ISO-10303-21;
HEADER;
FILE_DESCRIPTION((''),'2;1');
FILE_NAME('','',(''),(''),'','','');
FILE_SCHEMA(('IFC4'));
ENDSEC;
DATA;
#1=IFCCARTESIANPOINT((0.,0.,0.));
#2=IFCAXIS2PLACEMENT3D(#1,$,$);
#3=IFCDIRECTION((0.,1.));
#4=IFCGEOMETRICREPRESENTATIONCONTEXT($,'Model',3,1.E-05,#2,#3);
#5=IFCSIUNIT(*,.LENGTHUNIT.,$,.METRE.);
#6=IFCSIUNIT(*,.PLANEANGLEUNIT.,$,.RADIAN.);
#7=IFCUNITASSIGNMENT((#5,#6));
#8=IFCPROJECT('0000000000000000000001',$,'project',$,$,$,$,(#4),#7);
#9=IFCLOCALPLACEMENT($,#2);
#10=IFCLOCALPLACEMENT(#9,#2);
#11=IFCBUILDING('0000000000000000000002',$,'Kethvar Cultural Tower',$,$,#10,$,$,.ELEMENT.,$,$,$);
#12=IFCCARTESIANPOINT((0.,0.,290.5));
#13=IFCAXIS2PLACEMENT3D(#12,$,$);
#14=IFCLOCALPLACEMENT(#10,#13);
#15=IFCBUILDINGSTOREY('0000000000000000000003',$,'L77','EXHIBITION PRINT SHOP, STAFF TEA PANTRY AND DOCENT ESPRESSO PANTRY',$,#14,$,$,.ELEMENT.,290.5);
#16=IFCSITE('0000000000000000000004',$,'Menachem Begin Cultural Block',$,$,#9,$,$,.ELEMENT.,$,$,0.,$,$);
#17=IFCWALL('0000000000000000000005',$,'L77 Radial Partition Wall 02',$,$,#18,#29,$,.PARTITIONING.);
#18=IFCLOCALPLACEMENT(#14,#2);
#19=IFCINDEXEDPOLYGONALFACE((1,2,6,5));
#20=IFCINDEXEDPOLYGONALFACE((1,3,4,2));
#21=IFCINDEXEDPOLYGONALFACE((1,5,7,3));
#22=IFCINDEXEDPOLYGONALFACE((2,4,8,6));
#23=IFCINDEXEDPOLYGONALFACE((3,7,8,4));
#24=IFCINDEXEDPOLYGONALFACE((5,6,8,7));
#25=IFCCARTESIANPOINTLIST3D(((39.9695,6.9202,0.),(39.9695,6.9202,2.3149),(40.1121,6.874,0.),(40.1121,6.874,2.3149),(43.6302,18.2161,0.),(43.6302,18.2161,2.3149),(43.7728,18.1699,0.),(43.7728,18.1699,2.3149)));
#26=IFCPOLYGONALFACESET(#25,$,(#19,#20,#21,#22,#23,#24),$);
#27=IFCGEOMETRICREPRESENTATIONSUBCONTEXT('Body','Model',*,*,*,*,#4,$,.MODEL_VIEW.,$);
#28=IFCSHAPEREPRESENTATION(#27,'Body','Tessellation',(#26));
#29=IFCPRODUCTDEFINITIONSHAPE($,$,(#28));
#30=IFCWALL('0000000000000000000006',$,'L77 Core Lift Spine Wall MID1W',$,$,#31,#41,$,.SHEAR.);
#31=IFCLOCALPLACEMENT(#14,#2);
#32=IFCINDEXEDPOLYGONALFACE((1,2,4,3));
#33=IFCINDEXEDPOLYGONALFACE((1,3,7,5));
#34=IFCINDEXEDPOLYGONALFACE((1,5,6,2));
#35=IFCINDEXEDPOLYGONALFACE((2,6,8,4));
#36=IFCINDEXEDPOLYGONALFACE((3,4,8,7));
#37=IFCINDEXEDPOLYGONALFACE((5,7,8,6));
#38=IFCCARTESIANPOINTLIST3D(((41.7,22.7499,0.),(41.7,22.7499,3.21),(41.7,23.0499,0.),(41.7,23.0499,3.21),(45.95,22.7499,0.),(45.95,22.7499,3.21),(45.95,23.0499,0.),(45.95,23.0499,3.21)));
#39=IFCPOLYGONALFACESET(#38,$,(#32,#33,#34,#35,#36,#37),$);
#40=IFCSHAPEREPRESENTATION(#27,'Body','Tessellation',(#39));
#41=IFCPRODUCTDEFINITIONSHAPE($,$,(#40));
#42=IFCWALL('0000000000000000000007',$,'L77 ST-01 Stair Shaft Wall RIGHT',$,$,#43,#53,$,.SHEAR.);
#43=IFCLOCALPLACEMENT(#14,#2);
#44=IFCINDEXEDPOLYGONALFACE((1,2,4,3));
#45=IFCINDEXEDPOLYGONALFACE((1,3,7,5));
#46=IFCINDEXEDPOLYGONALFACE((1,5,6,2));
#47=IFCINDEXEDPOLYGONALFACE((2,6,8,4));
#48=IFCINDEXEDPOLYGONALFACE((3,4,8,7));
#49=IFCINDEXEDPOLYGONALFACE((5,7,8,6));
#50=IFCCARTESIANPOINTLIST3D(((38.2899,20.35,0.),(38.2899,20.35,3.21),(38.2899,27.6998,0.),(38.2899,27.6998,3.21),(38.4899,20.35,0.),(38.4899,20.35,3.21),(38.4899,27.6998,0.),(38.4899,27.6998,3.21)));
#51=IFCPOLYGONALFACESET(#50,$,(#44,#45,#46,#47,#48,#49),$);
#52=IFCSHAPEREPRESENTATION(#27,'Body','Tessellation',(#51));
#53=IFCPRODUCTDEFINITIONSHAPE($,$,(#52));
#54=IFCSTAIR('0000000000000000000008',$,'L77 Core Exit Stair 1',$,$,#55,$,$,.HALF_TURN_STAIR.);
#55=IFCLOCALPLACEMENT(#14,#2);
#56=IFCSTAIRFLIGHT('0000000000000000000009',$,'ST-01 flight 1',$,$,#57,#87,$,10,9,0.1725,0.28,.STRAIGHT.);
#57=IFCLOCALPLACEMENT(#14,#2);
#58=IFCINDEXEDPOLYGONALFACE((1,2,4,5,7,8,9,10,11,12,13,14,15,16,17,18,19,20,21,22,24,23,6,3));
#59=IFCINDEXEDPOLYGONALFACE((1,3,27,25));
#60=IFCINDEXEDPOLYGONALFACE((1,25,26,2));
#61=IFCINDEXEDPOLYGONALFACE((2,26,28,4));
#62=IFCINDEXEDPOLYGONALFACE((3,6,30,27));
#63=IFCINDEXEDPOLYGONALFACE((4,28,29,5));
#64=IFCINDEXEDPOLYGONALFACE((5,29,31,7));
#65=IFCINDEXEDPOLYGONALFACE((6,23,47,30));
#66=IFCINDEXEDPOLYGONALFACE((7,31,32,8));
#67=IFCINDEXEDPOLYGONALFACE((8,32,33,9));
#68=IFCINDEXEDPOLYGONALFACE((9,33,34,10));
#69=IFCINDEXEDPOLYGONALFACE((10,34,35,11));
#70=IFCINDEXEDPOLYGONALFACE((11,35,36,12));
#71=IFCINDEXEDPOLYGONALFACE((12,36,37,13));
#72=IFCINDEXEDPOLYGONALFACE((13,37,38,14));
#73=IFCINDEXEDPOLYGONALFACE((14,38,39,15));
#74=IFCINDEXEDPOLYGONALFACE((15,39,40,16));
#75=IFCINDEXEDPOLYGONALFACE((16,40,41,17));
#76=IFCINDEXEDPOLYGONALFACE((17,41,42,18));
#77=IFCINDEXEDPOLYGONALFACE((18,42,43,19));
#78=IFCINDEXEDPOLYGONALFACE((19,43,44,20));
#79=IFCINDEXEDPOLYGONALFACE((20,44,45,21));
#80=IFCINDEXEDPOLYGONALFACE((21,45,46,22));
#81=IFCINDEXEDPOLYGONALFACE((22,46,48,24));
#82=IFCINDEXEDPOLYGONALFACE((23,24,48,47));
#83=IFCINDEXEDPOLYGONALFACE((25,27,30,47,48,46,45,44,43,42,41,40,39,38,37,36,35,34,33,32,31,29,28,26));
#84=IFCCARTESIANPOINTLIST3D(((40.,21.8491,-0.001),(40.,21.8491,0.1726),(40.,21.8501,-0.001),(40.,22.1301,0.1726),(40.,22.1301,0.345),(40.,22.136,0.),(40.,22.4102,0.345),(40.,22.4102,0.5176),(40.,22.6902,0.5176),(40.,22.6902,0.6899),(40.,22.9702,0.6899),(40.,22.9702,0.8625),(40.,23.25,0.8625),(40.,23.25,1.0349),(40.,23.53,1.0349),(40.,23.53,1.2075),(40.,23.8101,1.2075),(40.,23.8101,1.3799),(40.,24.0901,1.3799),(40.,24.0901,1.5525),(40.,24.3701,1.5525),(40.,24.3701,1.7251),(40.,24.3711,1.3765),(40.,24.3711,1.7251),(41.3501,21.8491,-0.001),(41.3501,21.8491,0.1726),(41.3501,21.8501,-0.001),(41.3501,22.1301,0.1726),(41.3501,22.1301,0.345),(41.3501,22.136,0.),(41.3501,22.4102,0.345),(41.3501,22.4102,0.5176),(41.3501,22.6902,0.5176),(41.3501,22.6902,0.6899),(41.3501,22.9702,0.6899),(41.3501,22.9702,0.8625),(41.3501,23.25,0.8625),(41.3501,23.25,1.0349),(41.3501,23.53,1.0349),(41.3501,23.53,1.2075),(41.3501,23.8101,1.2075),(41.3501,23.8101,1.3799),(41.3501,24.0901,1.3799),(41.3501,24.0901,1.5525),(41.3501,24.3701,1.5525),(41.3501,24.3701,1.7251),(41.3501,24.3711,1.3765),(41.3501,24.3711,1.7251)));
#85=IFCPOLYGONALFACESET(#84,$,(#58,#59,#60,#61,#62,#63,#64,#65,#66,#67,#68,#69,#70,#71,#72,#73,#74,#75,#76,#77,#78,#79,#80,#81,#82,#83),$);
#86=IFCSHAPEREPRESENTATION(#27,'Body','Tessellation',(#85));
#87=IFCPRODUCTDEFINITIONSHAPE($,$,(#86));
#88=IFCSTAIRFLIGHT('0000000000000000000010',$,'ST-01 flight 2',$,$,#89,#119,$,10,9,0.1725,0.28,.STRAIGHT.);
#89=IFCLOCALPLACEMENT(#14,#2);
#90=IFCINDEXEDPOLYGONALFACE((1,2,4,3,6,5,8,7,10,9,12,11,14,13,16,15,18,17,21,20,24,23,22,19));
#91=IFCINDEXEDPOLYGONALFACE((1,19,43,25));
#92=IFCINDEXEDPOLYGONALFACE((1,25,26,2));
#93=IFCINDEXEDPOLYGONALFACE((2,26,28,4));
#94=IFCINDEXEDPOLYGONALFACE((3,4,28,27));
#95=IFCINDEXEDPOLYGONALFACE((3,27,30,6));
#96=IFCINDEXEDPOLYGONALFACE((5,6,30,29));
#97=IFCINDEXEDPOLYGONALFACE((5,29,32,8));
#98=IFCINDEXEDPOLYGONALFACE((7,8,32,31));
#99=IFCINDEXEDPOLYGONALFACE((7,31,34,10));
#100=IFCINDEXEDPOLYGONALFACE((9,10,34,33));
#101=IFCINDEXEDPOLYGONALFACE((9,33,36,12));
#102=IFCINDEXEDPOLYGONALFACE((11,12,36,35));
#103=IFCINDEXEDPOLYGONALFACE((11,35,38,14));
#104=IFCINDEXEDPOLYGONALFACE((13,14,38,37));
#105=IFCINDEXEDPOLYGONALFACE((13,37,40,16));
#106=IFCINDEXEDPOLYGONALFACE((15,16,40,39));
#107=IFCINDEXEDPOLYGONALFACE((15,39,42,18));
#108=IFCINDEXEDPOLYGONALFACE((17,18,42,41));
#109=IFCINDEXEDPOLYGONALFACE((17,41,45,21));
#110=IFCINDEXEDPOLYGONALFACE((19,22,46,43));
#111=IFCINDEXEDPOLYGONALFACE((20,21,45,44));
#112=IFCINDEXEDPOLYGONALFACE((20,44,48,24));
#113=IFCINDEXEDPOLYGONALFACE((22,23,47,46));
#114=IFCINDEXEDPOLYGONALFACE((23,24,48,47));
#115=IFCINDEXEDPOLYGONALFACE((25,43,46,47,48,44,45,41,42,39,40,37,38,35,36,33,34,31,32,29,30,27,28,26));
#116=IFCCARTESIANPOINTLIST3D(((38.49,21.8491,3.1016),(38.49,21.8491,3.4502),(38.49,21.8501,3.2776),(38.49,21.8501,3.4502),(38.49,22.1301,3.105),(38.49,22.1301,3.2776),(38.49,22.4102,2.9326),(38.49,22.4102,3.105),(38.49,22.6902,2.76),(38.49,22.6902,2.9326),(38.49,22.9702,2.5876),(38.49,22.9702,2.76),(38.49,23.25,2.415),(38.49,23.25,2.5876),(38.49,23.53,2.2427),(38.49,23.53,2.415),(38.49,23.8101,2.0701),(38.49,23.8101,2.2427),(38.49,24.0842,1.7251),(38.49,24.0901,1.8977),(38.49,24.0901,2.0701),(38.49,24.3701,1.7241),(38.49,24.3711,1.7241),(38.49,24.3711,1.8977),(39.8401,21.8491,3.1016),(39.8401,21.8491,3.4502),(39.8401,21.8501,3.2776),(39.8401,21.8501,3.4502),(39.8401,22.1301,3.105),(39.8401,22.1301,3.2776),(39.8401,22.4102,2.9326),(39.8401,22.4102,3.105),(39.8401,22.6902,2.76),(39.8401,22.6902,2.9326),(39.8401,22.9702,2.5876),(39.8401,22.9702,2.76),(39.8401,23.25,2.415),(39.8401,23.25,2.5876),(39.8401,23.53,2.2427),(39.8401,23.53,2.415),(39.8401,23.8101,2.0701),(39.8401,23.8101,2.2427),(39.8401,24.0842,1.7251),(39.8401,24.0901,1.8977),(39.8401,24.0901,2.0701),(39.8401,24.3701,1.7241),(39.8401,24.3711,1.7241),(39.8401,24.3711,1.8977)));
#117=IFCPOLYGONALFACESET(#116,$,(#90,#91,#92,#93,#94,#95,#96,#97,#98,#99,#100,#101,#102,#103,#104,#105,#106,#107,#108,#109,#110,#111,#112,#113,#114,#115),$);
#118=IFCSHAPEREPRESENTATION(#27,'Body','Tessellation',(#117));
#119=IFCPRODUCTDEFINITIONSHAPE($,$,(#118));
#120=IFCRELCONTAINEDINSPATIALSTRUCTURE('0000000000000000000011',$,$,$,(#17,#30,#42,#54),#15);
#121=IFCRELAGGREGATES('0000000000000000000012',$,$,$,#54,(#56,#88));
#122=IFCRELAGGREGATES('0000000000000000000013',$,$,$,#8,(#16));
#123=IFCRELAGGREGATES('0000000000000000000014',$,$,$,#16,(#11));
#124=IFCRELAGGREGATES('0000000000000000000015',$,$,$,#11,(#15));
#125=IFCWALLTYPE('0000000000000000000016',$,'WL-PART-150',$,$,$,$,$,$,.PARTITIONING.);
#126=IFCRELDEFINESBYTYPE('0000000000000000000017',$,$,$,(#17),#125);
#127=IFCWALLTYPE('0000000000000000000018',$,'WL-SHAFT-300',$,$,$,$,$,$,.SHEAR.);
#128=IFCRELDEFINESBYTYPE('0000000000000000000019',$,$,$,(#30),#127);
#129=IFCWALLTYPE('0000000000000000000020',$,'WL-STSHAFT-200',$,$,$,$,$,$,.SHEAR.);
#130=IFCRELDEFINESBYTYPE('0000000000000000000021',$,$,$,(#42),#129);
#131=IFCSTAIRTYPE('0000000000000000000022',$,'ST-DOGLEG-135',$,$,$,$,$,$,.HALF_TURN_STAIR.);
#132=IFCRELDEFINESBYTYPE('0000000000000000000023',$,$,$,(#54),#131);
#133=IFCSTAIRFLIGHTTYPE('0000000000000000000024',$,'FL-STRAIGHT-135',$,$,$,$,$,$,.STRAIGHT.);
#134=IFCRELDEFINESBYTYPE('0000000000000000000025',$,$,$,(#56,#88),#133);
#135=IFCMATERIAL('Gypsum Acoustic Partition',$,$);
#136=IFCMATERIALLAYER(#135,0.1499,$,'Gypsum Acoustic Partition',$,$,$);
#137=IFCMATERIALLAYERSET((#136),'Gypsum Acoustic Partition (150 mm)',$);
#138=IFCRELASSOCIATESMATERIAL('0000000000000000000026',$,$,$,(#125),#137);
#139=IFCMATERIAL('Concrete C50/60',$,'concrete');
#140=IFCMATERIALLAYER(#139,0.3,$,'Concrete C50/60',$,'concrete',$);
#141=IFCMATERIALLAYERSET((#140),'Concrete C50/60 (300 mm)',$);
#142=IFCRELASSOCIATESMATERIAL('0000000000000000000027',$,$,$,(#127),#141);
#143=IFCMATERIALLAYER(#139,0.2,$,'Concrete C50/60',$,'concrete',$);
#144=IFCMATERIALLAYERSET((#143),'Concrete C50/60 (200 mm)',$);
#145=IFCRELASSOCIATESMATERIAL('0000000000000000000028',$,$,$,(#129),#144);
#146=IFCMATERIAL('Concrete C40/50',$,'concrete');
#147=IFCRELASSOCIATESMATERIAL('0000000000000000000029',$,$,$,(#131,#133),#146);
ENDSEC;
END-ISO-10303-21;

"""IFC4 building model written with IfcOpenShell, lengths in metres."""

from ifc_helpers import new_model, si_unit, direction, frame, frame_2d, origin, place, context, subcontext, project, spatial, polyline, rectangle, outline, extrude, material, layer, layer_set, type_object, element, aggregate, save


model = new_model("IFC4")

# Units and contexts
model_context = context("Model", 3, precision=1e-05, world=origin(), true_north=direction((0.0, 1.0)))
body_context = subcontext(model_context, "Body", "Model", "MODEL_VIEW")
ifc_project = project(units=[si_unit("LENGTHUNIT", "METRE"), si_unit("PLANEANGLEUNIT", "RADIAN")], contexts=[model_context])

# Site, building, storey
site_placement = place(None, origin())
site = spatial("IfcSite", under=ifc_project, at=site_placement, Name="Menachem Begin Cultural Block", CompositionType="ELEMENT", RefElevation=0.0)
building_placement = place(site_placement, origin())
building = spatial("IfcBuilding", under=site, at=building_placement, Name="Kethvar Cultural Tower", CompositionType="ELEMENT")
storey_placement = place(building_placement, frame((0.0, 0.0, 290.5)))
storey = spatial("IfcBuildingStorey", under=building, at=storey_placement, Name="L77", Description="EXHIBITION PRINT SHOP, STAFF TEA PANTRY AND DOCENT ESPRESSO PANTRY", CompositionType="ELEMENT", Elevation=290.5)

# Shared definitions
ifc_material_1 = material(Name="Concrete C50/60", Category="concrete")

# Walls
ifc_material_2 = material(Name="Gypsum Acoustic Partition")
ifc_layer_1 = layer(ifc_material_2, 0.1499, Name="Gypsum Acoustic Partition")
ifc_layer_set_1 = layer_set([ifc_layer_1], Name="Gypsum Acoustic Partition (150 mm)")
wall_type_1 = type_object("IfcWallType", Name="WL-PART-150", PredefinedType="PARTITIONING", material=ifc_layer_set_1)
wall_1_placement = place(storey_placement, frame((43.7014, 18.1929, 0.0), z_axis=(0.0, 0.0, 1.0), x_axis=(-0.308284, -0.951294, 0.0)))
element("IfcWall", 1, at=wall_1_placement, inside=storey, type_object=wall_type_1, Name="L77 Radial Partition Wall 02", PredefinedType="PARTITIONING", context=body_context, shape_type="SweptSolid", body=[
    extrude(rectangle(XDim=11.8743, YDim=0.1499, at=frame_2d((5.937, 0.0))), origin(), (0.0, 0.0, 1.0), 2.3149),
])
ifc_layer_2 = layer(ifc_material_1, 0.3, Name="Concrete C50/60", Category="concrete")
ifc_layer_set_2 = layer_set([ifc_layer_2], Name="Concrete C50/60 (300 mm)")
wall_type_2 = type_object("IfcWallType", Name="WL-SHAFT-300", PredefinedType="SHEAR", material=ifc_layer_set_2)
wall_2_placement = place(storey_placement, frame((41.7, 22.8999, 0.0), z_axis=(0.0, 0.0, 1.0), x_axis=(1.0, 0.0, 0.0)))
element("IfcWall", 2, at=wall_2_placement, inside=storey, type_object=wall_type_2, Name="L77 Core Lift Spine Wall MID1W", PredefinedType="SHEAR", context=body_context, shape_type="SweptSolid", body=[
    extrude(rectangle(XDim=4.25, YDim=0.3, at=frame_2d((2.125, 0.0))), origin(), (0.0, 0.0, 1.0), 3.21),
])
ifc_layer_3 = layer(ifc_material_1, 0.2, Name="Concrete C50/60", Category="concrete")
ifc_layer_set_3 = layer_set([ifc_layer_3], Name="Concrete C50/60 (200 mm)")
wall_type_3 = type_object("IfcWallType", Name="WL-STSHAFT-200", PredefinedType="SHEAR", material=ifc_layer_set_3)
wall_3_placement = place(storey_placement, frame((38.3899, 20.3501, 0.0), z_axis=(0.0, 0.0, 1.0), x_axis=(0.0, 1.0, 0.0)))
element("IfcWall", 3, at=wall_3_placement, inside=storey, type_object=wall_type_3, Name="L77 ST-01 Stair Shaft Wall RIGHT", PredefinedType="SHEAR", context=body_context, shape_type="SweptSolid", body=[
    extrude(rectangle(XDim=7.3499, YDim=0.2, at=frame_2d((3.6748, 0.0))), origin(), (0.0, 0.0, 1.0), 3.21),
])

# Stair, stair flights
ifc_material_3 = material(Name="Concrete C40/50", Category="concrete")
stair_type = type_object("IfcStairType", Name="ST-DOGLEG-135", PredefinedType="HALF_TURN_STAIR", material=ifc_material_3)
stair_placement = place(storey_placement, origin())
stair = element("IfcStair", 4, at=stair_placement, inside=storey, type_object=stair_type, Name="L77 Core Exit Stair 1", PredefinedType="HALF_TURN_STAIR")
stair_flight_type = type_object("IfcStairFlightType", Name="FL-STRAIGHT-135", PredefinedType="STRAIGHT", material=ifc_material_3)
stair_flight_1_placement = place(storey_placement, frame((40.675, 21.8501, 0.0), z_axis=(0.0, 0.0, 1.0), x_axis=(0.0, 1.0, 0.0)))
stair_flight_1 = element("IfcStairFlight", 5, at=stair_flight_1_placement, type_object=stair_flight_type, Name="ST-01 flight 1", NumberOfRisers=10, NumberOfTreads=9, PredefinedType="STRAIGHT", RiserHeight=0.1725, TreadLength=0.28, context=body_context, shape_type="SweptSolid", body=[
    extrude(outline(polyline([(-0.001, -0.001), (-0.001, 0.1726), (0.28, 0.1726), (0.28, 0.345), (0.5601, 0.345), (0.5601, 0.5176), (0.8401, 0.5176), (0.8401, 0.6899), (1.1201, 0.6899), (1.1201, 0.8625), (1.3999, 0.8625), (1.3999, 1.0349), (1.6799, 1.0349), (1.6799, 1.2075), (1.96, 1.2075), (1.96, 1.3799), (2.24, 1.3799), (2.24, 1.5525), (2.52, 1.5525), (2.52, 1.7251), (2.521, 1.7251), (2.521, 1.3765), (0.2859, 0.0), (0.0, -0.001), (-0.001, -0.001)])), frame((0.0, 0.675, 0.0), z_axis=(0.0, -1.0, 0.0), x_axis=(1.0, 0.0, 0.0)), (0.0, 0.0, 1.0), 1.3501),
])
stair_flight_2_placement = place(storey_placement, frame((39.165, 24.3701, 1.7251), z_axis=(0.0, 0.0, 1.0), x_axis=(0.0, -1.0, 0.0)))
stair_flight_2 = element("IfcStairFlight", 6, at=stair_flight_2_placement, type_object=stair_flight_type, Name="ST-01 flight 2", NumberOfRisers=10, NumberOfTreads=9, PredefinedType="STRAIGHT", RiserHeight=0.1725, TreadLength=0.28, context=body_context, shape_type="SweptSolid", body=[
    extrude(outline(polyline([(-0.001, -0.001), (-0.001, 0.1726), (0.28, 0.1726), (0.28, 0.345), (0.5601, 0.345), (0.5601, 0.5176), (0.8401, 0.5176), (0.8401, 0.6899), (1.1201, 0.6899), (1.1201, 0.8625), (1.3999, 0.8625), (1.3999, 1.0349), (1.6799, 1.0349), (1.6799, 1.2075), (1.96, 1.2075), (1.96, 1.3799), (2.24, 1.3799), (2.24, 1.5525), (2.52, 1.5525), (2.52, 1.7251), (2.521, 1.7251), (2.521, 1.3765), (0.2859, 0.0), (0.0, -0.001), (-0.001, -0.001)])), frame((0.0, 0.675, 0.0), z_axis=(0.0, -1.0, 0.0), x_axis=(1.0, 0.0, 0.0)), (0.0, 0.0, 1.0), 1.3501),
])
aggregate(stair, [stair_flight_1, stair_flight_2])

save(model, "model.ifc")
